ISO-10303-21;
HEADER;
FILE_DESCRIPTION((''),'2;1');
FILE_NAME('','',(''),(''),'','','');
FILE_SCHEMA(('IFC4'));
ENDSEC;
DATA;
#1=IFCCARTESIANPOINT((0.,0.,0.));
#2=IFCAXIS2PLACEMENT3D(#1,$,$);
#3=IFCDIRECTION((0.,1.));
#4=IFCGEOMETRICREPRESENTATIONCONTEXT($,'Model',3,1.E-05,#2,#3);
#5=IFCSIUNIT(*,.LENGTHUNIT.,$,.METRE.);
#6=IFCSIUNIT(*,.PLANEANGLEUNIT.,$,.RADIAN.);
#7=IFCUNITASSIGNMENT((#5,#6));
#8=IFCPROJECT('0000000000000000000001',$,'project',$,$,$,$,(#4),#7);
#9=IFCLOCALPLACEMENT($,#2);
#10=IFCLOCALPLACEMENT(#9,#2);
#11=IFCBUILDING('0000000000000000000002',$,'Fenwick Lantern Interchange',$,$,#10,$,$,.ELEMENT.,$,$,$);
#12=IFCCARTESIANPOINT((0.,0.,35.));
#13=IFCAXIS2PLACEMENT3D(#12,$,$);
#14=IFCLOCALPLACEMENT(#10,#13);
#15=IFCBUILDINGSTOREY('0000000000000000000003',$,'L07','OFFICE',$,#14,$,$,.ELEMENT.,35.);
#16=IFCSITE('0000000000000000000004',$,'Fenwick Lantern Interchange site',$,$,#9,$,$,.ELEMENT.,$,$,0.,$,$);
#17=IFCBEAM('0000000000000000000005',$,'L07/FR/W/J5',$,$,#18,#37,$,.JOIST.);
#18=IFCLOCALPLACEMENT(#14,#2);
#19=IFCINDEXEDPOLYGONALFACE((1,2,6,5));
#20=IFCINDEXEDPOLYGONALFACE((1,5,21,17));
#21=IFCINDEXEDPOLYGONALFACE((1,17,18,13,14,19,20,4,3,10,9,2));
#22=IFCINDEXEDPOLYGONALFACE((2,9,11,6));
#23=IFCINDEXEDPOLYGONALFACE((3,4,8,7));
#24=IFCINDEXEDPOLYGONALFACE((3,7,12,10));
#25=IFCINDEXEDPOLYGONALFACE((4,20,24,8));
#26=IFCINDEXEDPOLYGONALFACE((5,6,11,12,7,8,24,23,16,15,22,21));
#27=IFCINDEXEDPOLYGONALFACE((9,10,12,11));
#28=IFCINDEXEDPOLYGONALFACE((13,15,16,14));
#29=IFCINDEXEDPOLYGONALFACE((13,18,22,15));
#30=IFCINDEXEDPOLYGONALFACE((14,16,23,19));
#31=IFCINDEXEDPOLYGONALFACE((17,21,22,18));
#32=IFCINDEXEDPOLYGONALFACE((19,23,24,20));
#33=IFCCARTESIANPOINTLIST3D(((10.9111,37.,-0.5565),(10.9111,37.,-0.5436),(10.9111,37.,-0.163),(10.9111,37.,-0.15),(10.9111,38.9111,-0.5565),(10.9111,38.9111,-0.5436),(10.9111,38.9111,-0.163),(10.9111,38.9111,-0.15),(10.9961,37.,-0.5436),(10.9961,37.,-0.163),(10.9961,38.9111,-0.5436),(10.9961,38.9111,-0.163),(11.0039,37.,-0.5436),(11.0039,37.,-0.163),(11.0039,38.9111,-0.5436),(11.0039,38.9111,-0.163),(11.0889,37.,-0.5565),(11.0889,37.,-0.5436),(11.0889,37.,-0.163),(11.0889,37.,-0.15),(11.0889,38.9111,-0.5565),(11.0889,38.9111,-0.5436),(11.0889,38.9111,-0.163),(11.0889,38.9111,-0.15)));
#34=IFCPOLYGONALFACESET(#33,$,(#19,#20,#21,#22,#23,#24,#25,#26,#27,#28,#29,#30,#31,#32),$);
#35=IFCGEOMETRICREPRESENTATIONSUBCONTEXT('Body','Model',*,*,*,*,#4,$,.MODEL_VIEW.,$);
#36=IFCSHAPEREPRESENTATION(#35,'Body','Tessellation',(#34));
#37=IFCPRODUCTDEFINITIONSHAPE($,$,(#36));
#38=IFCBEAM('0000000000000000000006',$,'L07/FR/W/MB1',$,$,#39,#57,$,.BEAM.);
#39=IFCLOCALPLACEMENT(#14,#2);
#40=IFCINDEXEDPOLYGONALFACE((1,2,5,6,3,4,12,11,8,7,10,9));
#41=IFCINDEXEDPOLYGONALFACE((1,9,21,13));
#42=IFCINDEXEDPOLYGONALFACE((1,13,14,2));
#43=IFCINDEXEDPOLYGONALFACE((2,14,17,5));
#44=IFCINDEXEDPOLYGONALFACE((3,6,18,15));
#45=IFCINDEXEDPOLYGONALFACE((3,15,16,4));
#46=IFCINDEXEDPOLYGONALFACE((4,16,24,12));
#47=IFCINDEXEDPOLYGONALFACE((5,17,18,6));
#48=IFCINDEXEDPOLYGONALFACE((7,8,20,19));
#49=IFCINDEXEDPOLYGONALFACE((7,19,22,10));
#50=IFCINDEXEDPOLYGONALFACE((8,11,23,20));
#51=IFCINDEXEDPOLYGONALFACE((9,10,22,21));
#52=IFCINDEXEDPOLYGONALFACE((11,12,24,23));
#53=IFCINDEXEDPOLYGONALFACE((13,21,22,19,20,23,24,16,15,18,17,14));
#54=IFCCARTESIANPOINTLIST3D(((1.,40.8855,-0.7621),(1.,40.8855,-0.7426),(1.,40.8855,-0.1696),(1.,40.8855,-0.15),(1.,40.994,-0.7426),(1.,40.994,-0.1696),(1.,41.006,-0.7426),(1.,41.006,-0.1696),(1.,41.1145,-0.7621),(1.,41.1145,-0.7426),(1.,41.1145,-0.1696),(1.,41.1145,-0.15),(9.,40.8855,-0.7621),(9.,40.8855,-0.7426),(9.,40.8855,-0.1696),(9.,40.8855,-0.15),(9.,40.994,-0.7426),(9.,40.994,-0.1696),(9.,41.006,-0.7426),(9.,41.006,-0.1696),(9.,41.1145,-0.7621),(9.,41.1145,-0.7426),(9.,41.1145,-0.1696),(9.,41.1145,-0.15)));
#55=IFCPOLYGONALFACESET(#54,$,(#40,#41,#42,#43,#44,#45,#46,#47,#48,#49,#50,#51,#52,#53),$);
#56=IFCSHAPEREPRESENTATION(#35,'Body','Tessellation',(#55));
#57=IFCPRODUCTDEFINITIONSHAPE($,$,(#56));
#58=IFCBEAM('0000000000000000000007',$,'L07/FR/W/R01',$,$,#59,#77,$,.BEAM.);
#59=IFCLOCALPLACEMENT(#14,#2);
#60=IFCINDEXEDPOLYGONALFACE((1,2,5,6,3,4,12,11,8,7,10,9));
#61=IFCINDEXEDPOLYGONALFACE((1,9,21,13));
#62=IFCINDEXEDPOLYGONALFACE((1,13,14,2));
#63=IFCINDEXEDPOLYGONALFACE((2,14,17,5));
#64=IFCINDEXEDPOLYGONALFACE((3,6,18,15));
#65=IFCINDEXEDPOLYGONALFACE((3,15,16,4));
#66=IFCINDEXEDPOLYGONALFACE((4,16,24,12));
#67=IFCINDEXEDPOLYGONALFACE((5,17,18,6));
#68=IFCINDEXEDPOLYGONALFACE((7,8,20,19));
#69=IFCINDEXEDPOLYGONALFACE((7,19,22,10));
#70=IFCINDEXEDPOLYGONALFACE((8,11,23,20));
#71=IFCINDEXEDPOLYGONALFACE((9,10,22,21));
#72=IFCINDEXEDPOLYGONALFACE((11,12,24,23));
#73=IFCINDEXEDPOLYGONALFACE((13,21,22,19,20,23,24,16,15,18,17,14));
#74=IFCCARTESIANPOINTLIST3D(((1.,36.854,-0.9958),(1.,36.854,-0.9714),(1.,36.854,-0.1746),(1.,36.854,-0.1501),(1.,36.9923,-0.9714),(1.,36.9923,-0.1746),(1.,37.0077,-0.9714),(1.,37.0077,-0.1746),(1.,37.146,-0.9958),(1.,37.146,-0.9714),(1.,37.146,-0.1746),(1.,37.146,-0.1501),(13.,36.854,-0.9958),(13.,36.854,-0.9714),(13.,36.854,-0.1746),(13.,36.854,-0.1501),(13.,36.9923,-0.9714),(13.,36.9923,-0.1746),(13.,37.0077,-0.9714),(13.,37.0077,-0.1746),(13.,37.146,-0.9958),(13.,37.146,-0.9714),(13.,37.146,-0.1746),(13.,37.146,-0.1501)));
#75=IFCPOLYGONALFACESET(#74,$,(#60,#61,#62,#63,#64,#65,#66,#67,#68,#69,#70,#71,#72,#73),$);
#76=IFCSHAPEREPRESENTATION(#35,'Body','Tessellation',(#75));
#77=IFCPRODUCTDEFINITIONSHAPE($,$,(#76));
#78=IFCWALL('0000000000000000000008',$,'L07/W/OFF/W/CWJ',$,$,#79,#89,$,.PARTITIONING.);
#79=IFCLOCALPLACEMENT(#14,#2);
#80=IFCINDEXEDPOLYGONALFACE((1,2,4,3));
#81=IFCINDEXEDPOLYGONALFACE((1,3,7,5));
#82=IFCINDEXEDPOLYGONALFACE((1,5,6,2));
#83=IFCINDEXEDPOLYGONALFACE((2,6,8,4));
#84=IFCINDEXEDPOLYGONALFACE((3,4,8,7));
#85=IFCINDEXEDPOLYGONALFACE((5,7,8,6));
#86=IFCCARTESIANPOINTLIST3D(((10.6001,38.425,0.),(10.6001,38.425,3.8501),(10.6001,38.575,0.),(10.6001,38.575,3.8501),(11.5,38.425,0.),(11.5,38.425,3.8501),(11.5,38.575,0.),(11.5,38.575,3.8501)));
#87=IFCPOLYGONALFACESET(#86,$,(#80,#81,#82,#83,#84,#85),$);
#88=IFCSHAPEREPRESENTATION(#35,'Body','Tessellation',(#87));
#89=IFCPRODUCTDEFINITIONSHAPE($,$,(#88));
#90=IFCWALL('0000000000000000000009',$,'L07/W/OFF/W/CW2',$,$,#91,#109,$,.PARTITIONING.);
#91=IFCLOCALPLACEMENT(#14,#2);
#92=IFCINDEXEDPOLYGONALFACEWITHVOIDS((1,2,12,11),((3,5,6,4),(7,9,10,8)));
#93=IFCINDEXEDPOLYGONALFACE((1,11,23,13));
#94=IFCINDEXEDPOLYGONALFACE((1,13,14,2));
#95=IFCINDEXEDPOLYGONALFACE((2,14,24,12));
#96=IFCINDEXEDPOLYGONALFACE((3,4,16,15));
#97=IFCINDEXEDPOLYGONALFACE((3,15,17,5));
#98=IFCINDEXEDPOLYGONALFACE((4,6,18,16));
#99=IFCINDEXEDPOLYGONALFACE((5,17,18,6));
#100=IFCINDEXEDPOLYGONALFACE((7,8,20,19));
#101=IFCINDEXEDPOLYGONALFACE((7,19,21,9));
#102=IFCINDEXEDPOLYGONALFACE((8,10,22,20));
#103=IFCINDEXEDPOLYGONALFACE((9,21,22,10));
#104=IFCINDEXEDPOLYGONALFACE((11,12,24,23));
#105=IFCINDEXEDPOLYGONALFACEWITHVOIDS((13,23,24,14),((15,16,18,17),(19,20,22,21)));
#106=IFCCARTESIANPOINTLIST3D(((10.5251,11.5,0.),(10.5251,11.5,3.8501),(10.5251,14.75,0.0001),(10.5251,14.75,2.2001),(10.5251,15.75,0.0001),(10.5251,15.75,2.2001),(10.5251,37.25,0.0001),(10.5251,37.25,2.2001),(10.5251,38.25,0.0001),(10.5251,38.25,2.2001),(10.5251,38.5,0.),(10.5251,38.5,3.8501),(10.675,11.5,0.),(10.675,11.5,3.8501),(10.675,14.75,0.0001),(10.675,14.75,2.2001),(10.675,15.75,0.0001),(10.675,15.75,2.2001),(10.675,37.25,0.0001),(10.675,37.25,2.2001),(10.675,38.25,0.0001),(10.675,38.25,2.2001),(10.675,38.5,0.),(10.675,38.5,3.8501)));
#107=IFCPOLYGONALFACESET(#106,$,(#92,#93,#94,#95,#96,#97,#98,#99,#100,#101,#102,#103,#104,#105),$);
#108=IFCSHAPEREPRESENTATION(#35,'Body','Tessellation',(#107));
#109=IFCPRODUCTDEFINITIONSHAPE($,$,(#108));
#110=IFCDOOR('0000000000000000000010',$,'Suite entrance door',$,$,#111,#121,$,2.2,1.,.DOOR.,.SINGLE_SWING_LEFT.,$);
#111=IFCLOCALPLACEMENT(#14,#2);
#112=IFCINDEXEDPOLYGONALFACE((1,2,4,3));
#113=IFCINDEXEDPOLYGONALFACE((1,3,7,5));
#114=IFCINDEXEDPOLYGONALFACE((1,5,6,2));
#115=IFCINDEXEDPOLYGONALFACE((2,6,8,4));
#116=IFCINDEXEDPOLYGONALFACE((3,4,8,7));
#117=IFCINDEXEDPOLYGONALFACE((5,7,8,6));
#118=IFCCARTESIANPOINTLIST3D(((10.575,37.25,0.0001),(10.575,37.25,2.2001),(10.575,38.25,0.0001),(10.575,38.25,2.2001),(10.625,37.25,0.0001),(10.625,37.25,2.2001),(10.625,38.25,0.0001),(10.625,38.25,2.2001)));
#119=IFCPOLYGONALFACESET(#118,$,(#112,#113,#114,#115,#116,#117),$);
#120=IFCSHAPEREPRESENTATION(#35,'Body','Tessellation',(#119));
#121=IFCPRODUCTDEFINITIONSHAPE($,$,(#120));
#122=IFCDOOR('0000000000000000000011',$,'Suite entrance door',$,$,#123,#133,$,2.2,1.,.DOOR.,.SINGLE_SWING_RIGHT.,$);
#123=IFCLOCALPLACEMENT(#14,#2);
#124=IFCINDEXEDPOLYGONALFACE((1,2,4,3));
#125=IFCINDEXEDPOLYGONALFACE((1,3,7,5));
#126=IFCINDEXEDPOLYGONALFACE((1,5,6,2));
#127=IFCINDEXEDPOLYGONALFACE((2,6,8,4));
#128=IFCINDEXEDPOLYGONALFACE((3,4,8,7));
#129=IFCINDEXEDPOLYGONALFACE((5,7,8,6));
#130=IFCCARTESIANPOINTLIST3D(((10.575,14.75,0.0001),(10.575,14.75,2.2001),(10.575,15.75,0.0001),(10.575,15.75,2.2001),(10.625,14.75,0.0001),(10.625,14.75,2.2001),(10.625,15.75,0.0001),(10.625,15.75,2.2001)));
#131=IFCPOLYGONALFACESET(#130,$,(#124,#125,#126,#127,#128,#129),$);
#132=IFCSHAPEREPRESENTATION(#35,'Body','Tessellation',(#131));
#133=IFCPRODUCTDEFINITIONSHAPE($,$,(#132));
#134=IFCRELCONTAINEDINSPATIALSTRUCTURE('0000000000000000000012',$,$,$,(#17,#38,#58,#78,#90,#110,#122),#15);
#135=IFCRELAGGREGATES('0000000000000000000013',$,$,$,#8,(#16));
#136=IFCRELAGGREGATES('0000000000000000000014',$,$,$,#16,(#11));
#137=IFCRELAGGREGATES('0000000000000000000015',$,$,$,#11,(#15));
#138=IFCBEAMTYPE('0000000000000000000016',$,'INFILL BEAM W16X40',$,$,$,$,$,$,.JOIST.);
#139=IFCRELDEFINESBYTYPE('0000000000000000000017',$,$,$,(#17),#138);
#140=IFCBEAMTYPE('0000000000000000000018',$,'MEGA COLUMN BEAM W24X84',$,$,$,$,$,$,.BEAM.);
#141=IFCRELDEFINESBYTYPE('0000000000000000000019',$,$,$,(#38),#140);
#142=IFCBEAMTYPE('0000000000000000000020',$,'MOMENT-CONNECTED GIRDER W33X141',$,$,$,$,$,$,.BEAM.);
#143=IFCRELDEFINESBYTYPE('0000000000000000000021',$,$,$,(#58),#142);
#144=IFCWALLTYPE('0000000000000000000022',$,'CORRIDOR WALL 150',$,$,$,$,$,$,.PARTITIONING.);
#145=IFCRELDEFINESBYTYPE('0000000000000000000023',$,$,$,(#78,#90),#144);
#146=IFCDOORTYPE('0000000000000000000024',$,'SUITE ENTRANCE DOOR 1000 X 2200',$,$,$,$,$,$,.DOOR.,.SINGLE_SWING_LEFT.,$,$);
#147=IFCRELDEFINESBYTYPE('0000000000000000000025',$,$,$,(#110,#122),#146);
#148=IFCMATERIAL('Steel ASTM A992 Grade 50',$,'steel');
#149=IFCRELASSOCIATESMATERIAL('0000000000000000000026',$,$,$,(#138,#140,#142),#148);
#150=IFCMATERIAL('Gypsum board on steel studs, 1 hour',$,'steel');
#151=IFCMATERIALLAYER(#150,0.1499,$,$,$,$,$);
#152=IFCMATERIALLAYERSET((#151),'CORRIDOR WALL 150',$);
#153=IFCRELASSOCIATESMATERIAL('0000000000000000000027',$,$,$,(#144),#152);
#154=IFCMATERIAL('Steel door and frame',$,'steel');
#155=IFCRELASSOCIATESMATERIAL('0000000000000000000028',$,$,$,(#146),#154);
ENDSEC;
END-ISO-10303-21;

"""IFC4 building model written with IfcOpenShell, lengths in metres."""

from ifc_helpers import new_model, si_unit, direction, frame, frame_2d, origin, origin_2d, place, context, subcontext, project, spatial, rectangle, i_section, extrude, material, layer, layer_set, material_profile, profile_set, type_object, element, fill, save


model = new_model("IFC4")

# Units and contexts
model_context = context("Model", 3, precision=1e-05, world=origin(), true_north=direction((0.0, 1.0)))
body_context = subcontext(model_context, "Body", "Model", "MODEL_VIEW")
ifc_project = project(units=[si_unit("LENGTHUNIT", "METRE"), si_unit("PLANEANGLEUNIT", "RADIAN")], contexts=[model_context])

# Site, building, storey
site_placement = place(None, origin())
site = spatial("IfcSite", under=ifc_project, at=site_placement, Name="Fenwick Lantern Interchange site", CompositionType="ELEMENT", RefElevation=0.0)
building_placement = place(site_placement, origin())
building = spatial("IfcBuilding", under=site, at=building_placement, Name="Fenwick Lantern Interchange", CompositionType="ELEMENT")
storey_placement = place(building_placement, frame((0.0, 0.0, 35.0)))
storey = spatial("IfcBuildingStorey", under=building, at=storey_placement, Name="L07", Description="OFFICE", CompositionType="ELEMENT", Elevation=35.0)

# Beams
ifc_material_1 = material(Name="Steel ASTM A992 Grade 50", Category="steel")
ifc_material_profile_1 = material_profile(ifc_material_1, i_section(OverallWidth=0.1777, OverallDepth=0.4065, WebThickness=0.0078, FlangeThickness=0.0129, at=origin_2d()), Name="W16X40")
ifc_profile_set_1 = profile_set([ifc_material_profile_1], Name="Steel ASTM A992 Grade 50")
beam_type_1 = type_object("IfcBeamType", Name="INFILL BEAM W16X40", PredefinedType="JOIST", material=ifc_profile_set_1)
beam_1_placement = place(storey_placement, frame((11.0, 38.9111, -0.3533), z_axis=(0.0, -1.0, 0.0), x_axis=(1.0, 0.0, 0.0)))
element("IfcBeam", 1, at=beam_1_placement, inside=storey, type_object=beam_type_1, Name="L07/FR/W/J5", PredefinedType="JOIST", context=body_context, shape_type="SweptSolid", body=[
    extrude(i_section(OverallWidth=0.1777, OverallDepth=0.4065, WebThickness=0.0078, FlangeThickness=0.0129, at=origin_2d()), origin(), (0.0, 0.0, 1.0), 1.9111),
])
ifc_material_profile_2 = material_profile(ifc_material_1, i_section(OverallWidth=0.229, OverallDepth=0.6121, WebThickness=0.012, FlangeThickness=0.0195, at=origin_2d()), Name="W24X84")
ifc_profile_set_2 = profile_set([ifc_material_profile_2], Name="Steel ASTM A992 Grade 50")
beam_type_2 = type_object("IfcBeamType", Name="MEGA COLUMN BEAM W24X84", PredefinedType="BEAM", material=ifc_profile_set_2)
beam_2_placement = place(storey_placement, frame((9.0, 41.0, -0.4561), z_axis=(-1.0, 0.0, 0.0), x_axis=(0.0, -1.0, 0.0)))
element("IfcBeam", 2, at=beam_2_placement, inside=storey, type_object=beam_type_2, Name="L07/FR/W/MB1", PredefinedType="BEAM", context=body_context, shape_type="SweptSolid", body=[
    extrude(i_section(OverallWidth=0.229, OverallDepth=0.6121, WebThickness=0.012, FlangeThickness=0.0195, at=origin_2d()), origin(), (0.0, 0.0, 1.0), 8.0),
])
ifc_material_profile_3 = material_profile(ifc_material_1, i_section(OverallWidth=0.292, OverallDepth=0.8457, WebThickness=0.0154, FlangeThickness=0.0244, at=origin_2d()), Name="W33X141")
ifc_profile_set_3 = profile_set([ifc_material_profile_3], Name="Steel ASTM A992 Grade 50")
beam_type_3 = type_object("IfcBeamType", Name="MOMENT-CONNECTED GIRDER W33X141", PredefinedType="BEAM", material=ifc_profile_set_3)
beam_3_placement = place(storey_placement, frame((1.0, 37.0, -0.573), z_axis=(1.0, 0.0, 0.0), x_axis=(0.0, 1.0, 0.0)))
element("IfcBeam", 3, at=beam_3_placement, inside=storey, type_object=beam_type_3, Name="L07/FR/W/R01", PredefinedType="BEAM", context=body_context, shape_type="SweptSolid", body=[
    extrude(i_section(OverallWidth=0.292, OverallDepth=0.8457, WebThickness=0.0154, FlangeThickness=0.0244, at=origin_2d()), origin(), (0.0, 0.0, 1.0), 12.0),
])

# Wall
ifc_material_2 = material(Name="Gypsum board on steel studs, 1 hour", Category="steel")
ifc_layer = layer(ifc_material_2, 0.1499)
ifc_layer_set = layer_set([ifc_layer], Name="CORRIDOR WALL 150")
wall_type = type_object("IfcWallType", Name="CORRIDOR WALL 150", PredefinedType="PARTITIONING", material=ifc_layer_set)
wall_1_placement = place(storey_placement, frame((11.5, 38.5, 0.0), z_axis=(0.0, 0.0, 1.0), x_axis=(-1.0, 0.0, 0.0)))
element("IfcWall", 4, at=wall_1_placement, inside=storey, type_object=wall_type, Name="L07/W/OFF/W/CWJ", PredefinedType="PARTITIONING", context=body_context, shape_type="SweptSolid", body=[
    extrude(rectangle(XDim=0.8999, YDim=0.1499, at=frame_2d((0.45, 0.0))), origin(), (0.0, 0.0, 1.0), 3.8501),
])

# Wall, openings, doors
wall_2_placement = place(storey_placement, frame((10.6001, 38.5, 0.0), z_axis=(0.0, 0.0, 1.0), x_axis=(0.0, -1.0, 0.0)))
wall_2 = element("IfcWall", 5, at=wall_2_placement, inside=storey, type_object=wall_type, Name="L07/W/OFF/W/CW2", PredefinedType="PARTITIONING", context=body_context, shape_type="SweptSolid", body=[
    extrude(rectangle(XDim=27.0, YDim=0.1499, at=frame_2d((13.5, 0.0))), origin(), (0.0, 0.0, 1.0), 3.8501),
])
opening_1_placement = place(wall_2_placement, frame((0.25, 0.0, 0.0)))
opening_1 = element("IfcOpeningElement", 6, at=opening_1_placement, cuts=wall_2, PredefinedType="OPENING", context=body_context, shape_type="SweptSolid", body=[
    extrude(rectangle(XDim=1.0, YDim=2.2, at=frame_2d((0.5, 1.1001))), frame((0.0, 0.085, 0.0), z_axis=(0.0, -1.0, 0.0), x_axis=(1.0, 0.0, 0.0)), (0.0, 0.0, 1.0), 0.1699),
])
opening_2_placement = place(wall_2_placement, frame((22.75, 0.0, 0.0)))
opening_2 = element("IfcOpeningElement", 7, at=opening_2_placement, cuts=wall_2, PredefinedType="OPENING", context=body_context, shape_type="SweptSolid", body=[
    extrude(rectangle(XDim=1.0, YDim=2.2, at=frame_2d((0.5, 1.1001))), frame((0.0, 0.085, 0.0), z_axis=(0.0, -1.0, 0.0), x_axis=(1.0, 0.0, 0.0)), (0.0, 0.0, 1.0), 0.1699),
])
ifc_material_3 = material(Name="Steel door and frame", Category="steel")
door_type = type_object("IfcDoorType", Name="SUITE ENTRANCE DOOR 1000 X 2200", OperationType="SINGLE_SWING_LEFT", PredefinedType="DOOR", material=ifc_material_3)
door_1_placement = place(opening_1_placement, origin())
door_1 = element("IfcDoor", 8, at=door_1_placement, inside=storey, type_object=door_type, Name="Suite entrance door", OperationType="SINGLE_SWING_LEFT", OverallHeight=2.2, OverallWidth=1.0, PredefinedType="DOOR", context=body_context, shape_type="SweptSolid", body=[
    extrude(rectangle(XDim=1.0, YDim=2.2, at=frame_2d((0.5, 1.1001))), frame((0.0, 0.0249, 0.0), z_axis=(0.0, -1.0, 0.0), x_axis=(1.0, 0.0, 0.0)), (0.0, 0.0, 1.0), 0.05),
])
fill(opening_1, door_1)
door_2_placement = place(opening_2_placement, origin())
door_2 = element("IfcDoor", 9, at=door_2_placement, inside=storey, type_object=door_type, Name="Suite entrance door", OperationType="SINGLE_SWING_RIGHT", OverallHeight=2.2, OverallWidth=1.0, PredefinedType="DOOR", context=body_context, shape_type="SweptSolid", body=[
    extrude(rectangle(XDim=1.0, YDim=2.2, at=frame_2d((0.5, 1.1001))), frame((0.0, 0.0249, 0.0), z_axis=(0.0, -1.0, 0.0), x_axis=(1.0, 0.0, 0.0)), (0.0, 0.0, 1.0), 0.05),
])
fill(opening_2, door_2)

save(model, "model.ifc")
